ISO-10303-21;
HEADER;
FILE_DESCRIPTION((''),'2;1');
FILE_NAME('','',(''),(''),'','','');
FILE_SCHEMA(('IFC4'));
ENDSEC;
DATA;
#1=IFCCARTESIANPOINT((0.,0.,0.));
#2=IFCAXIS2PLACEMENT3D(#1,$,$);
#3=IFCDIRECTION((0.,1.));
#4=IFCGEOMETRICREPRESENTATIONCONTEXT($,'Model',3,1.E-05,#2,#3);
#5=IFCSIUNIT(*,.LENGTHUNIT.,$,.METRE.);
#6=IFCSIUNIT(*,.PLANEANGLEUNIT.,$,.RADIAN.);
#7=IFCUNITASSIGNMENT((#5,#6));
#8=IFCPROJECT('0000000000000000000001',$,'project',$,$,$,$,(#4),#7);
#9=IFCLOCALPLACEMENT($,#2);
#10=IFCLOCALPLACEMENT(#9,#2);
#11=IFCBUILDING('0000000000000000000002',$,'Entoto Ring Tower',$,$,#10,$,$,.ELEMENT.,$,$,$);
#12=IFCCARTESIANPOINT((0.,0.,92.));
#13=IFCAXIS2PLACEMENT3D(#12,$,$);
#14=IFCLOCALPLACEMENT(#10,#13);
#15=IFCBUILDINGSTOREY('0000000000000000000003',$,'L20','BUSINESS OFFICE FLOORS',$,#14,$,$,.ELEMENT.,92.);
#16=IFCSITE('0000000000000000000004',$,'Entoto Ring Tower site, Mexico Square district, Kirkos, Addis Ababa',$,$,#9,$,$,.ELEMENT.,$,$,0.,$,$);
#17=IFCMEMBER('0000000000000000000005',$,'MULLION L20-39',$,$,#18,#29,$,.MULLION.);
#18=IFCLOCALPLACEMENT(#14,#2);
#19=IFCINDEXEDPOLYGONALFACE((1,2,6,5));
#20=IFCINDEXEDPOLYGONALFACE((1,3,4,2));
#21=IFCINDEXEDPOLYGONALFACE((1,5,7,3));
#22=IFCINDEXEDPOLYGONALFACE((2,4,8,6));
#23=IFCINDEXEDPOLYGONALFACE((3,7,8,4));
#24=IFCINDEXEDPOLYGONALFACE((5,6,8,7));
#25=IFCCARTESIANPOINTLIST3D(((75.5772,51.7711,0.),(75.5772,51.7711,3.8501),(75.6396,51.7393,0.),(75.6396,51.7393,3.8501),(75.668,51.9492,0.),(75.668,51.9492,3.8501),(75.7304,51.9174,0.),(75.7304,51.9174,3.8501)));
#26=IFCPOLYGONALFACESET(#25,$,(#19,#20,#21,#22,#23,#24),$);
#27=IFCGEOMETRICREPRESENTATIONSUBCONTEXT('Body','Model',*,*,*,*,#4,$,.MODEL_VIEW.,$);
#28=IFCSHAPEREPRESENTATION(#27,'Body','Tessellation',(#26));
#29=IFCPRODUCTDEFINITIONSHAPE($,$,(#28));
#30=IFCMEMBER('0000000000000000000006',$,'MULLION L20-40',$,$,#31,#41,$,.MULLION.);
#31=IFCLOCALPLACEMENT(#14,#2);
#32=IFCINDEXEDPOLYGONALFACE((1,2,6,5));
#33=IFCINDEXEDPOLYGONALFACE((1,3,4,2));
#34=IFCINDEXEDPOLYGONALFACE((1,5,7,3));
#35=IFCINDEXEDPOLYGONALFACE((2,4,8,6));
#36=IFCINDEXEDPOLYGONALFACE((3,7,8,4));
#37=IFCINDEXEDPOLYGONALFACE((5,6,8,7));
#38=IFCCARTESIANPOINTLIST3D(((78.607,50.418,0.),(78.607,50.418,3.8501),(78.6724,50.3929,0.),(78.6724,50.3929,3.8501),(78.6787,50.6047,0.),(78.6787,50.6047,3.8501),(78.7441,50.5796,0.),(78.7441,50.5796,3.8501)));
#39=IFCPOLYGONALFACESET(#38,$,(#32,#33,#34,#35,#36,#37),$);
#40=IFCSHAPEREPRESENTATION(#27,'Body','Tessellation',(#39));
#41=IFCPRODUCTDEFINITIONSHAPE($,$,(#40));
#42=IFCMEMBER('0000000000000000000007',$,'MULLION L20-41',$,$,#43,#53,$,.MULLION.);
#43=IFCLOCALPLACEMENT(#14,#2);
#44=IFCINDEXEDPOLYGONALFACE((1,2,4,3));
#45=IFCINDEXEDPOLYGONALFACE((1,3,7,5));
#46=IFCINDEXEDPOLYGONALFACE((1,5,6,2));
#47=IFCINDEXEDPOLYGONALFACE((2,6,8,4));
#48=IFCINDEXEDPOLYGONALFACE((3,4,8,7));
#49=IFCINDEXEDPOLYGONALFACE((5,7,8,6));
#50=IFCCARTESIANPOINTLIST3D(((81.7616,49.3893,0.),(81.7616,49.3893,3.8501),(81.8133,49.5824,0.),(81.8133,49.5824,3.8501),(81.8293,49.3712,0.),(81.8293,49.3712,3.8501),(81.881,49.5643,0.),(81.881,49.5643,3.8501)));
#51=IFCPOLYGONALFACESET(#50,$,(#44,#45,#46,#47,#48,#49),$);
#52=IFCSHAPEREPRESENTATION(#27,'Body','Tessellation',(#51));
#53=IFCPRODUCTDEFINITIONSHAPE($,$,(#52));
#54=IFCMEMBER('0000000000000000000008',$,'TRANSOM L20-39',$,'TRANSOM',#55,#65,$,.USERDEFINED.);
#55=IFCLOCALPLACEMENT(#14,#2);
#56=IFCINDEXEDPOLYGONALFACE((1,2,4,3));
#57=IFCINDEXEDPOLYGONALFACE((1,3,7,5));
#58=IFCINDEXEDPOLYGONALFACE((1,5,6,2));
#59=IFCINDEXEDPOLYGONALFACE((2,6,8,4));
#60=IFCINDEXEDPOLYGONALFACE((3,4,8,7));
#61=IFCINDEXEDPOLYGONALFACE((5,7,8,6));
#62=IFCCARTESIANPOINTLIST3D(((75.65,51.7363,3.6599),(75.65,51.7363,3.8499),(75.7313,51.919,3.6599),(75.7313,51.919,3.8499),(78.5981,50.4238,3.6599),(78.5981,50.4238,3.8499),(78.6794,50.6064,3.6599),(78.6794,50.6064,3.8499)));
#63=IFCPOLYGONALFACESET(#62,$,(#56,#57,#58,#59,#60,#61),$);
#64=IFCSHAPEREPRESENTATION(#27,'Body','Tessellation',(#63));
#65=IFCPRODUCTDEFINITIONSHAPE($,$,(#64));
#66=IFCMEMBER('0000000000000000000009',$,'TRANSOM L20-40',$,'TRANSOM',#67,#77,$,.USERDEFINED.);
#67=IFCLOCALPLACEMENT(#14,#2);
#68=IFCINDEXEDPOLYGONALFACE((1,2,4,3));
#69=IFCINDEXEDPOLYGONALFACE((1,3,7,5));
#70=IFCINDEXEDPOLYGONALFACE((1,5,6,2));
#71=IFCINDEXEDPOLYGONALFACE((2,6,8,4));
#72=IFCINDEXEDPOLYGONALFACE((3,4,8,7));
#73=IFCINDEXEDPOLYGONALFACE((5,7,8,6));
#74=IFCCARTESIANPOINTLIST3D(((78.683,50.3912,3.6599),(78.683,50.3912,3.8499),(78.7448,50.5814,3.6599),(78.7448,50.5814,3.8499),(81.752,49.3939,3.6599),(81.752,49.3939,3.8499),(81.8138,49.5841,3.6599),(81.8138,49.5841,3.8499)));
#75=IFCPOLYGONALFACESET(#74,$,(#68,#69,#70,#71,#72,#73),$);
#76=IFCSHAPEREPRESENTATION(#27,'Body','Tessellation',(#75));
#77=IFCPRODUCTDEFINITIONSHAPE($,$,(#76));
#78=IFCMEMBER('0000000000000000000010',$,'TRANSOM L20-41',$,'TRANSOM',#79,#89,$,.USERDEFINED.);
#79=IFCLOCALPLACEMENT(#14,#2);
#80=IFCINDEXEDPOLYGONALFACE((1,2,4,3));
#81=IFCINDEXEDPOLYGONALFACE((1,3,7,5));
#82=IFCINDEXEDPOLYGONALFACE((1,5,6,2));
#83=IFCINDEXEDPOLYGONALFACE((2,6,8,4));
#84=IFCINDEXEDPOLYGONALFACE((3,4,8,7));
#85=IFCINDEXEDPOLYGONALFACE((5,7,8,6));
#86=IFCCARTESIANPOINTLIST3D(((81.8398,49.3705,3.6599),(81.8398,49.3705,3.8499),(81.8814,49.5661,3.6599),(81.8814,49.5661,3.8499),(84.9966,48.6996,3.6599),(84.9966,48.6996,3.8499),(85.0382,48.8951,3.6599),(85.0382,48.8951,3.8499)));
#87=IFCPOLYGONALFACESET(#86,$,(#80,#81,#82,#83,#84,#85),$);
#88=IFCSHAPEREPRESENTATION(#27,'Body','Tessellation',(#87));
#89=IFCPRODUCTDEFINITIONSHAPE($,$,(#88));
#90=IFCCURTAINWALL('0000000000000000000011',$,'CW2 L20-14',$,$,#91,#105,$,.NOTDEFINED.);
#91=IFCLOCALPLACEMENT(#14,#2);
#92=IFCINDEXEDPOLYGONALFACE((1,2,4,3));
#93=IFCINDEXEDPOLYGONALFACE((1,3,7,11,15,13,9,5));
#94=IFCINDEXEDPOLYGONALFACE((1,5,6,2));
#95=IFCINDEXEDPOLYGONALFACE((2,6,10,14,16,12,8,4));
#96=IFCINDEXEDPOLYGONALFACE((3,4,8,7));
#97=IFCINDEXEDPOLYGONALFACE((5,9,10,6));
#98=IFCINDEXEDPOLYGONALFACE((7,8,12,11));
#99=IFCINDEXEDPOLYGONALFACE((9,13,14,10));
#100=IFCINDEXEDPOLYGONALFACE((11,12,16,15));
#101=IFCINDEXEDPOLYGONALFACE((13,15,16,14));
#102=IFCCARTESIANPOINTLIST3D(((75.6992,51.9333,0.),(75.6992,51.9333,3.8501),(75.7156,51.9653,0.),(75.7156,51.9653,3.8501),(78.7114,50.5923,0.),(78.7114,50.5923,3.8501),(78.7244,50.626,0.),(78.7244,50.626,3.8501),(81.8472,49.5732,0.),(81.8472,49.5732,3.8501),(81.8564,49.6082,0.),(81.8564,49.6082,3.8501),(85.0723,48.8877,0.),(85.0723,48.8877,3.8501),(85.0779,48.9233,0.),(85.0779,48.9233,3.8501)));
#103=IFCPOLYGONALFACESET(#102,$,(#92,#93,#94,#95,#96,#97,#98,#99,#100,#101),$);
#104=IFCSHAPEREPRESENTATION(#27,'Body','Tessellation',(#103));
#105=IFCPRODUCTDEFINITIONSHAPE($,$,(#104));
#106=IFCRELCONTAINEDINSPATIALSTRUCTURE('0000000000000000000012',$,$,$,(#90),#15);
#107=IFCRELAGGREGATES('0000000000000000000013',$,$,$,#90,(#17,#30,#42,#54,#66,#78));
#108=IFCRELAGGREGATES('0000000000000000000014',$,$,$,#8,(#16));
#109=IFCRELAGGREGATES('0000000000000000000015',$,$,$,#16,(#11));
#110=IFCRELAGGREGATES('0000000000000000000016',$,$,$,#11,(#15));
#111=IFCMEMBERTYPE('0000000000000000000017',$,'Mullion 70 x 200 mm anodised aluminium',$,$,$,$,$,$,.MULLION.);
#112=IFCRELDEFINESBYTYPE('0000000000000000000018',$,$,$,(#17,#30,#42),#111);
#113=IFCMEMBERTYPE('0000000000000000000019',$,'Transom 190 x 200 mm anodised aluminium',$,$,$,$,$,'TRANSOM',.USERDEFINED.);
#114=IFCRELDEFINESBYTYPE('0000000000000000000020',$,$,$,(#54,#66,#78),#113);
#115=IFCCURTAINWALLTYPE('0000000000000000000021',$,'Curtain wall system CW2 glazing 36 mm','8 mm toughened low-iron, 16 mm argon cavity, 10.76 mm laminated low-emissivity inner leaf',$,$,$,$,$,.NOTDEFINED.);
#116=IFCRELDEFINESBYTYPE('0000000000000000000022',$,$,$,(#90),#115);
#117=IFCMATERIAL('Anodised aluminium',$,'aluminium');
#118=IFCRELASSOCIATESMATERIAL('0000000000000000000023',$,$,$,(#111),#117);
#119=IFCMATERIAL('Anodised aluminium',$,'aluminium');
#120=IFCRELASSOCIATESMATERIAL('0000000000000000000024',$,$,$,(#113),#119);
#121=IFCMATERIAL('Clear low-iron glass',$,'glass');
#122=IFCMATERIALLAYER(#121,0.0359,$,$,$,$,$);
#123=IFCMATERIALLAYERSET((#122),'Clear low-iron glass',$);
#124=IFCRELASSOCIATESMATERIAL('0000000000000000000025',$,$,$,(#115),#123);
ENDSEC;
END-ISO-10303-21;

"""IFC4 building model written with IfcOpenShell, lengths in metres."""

from ifc_helpers import new_model, si_unit, direction, frame, origin, origin_2d, place, context, subcontext, project, spatial, polyline, rectangle, outline, extrude, material, layer, layer_set, material_profile, profile_set, type_object, element, aggregate, save


model = new_model("IFC4")

# Units and contexts
model_context = context("Model", 3, precision=1e-05, world=origin(), true_north=direction((0.0, 1.0)))
body_context = subcontext(model_context, "Body", "Model", "MODEL_VIEW")
ifc_project = project(units=[si_unit("LENGTHUNIT", "METRE"), si_unit("PLANEANGLEUNIT", "RADIAN")], contexts=[model_context])

# Members
ifc_material_1 = material(Name="Anodised aluminium", Category="aluminium")
ifc_material_profile_1 = material_profile(ifc_material_1, rectangle(XDim=0.0701, YDim=0.2, at=origin_2d()), Name="Mullion 70 x 200 mm anodised aluminium")
ifc_profile_set_1 = profile_set([ifc_material_profile_1], Name="Anodised aluminium")
member_type_1 = type_object("IfcMemberType", Name="Mullion 70 x 200 mm anodised aluminium", PredefinedType="MULLION", material=ifc_profile_set_1)
site_placement = place(None, origin())
building_placement = place(site_placement, origin())
storey_placement = place(building_placement, frame((0.0, 0.0, 92.0)))
member_1_placement = place(storey_placement, frame((75.6538, 51.8442, 0.0), z_axis=(0.0, 0.0, 1.0), x_axis=(0.891007, -0.45399, 0.0)))
member_1 = element("IfcMember", 1, at=member_1_placement, type_object=member_type_1, Name="MULLION L20-39", PredefinedType="MULLION", context=body_context, shape_type="SweptSolid", body=[
    extrude(rectangle(XDim=0.0701, YDim=0.2, at=origin_2d()), origin(), (0.0, 0.0, 1.0), 3.8501),
])
member_2_placement = place(storey_placement, frame((78.6755, 50.4988, 0.0), z_axis=(0.0, 0.0, 1.0), x_axis=(0.93358, -0.358368, 0.0)))
member_2 = element("IfcMember", 2, at=member_2_placement, type_object=member_type_1, Name="MULLION L20-40", PredefinedType="MULLION", context=body_context, shape_type="SweptSolid", body=[
    extrude(rectangle(XDim=0.0701, YDim=0.2, at=origin_2d()), origin(), (0.0, 0.0, 1.0), 3.8501),
])
member_3_placement = place(storey_placement, frame((81.8213, 49.4768, 0.0), z_axis=(0.0, 0.0, 1.0), x_axis=(0.965926, -0.258819, 0.0)))
member_3 = element("IfcMember", 3, at=member_3_placement, type_object=member_type_1, Name="MULLION L20-41", PredefinedType="MULLION", context=body_context, shape_type="SweptSolid", body=[
    extrude(rectangle(XDim=0.0701, YDim=0.2, at=origin_2d()), origin(), (0.0, 0.0, 1.0), 3.8501),
])
ifc_material_2 = material(Name="Anodised aluminium", Category="aluminium")
ifc_material_profile_2 = material_profile(ifc_material_2, rectangle(XDim=0.2, YDim=0.1899, at=origin_2d()), Name="Transom 190 x 200 mm anodised aluminium")
ifc_profile_set_2 = profile_set([ifc_material_profile_2], Name="Anodised aluminium")
member_type_2 = type_object("IfcMemberType", Name="Transom 190 x 200 mm anodised aluminium", ElementType="TRANSOM", PredefinedType="USERDEFINED", material=ifc_profile_set_2)
member_4_placement = place(storey_placement, frame((75.6907, 51.8276, 3.7549), z_axis=(0.913549, -0.406728, 0.0), x_axis=(0.406728, 0.913549, 0.0)))
member_4 = element("IfcMember", 4, at=member_4_placement, type_object=member_type_2, Name="TRANSOM L20-39", ObjectType="TRANSOM", PredefinedType="USERDEFINED", context=body_context, shape_type="SweptSolid", body=[
    extrude(rectangle(XDim=0.2, YDim=0.1899, at=origin_2d()), origin(), (0.0, 0.0, 1.0), 3.2271),
])
member_5_placement = place(storey_placement, frame((78.7139, 50.4863, 3.7549), z_axis=(0.951047, -0.309047, 0.0), x_axis=(0.309047, 0.951047, 0.0)))
member_5 = element("IfcMember", 5, at=member_5_placement, type_object=member_type_2, Name="TRANSOM L20-40", ObjectType="TRANSOM", PredefinedType="USERDEFINED", context=body_context, shape_type="SweptSolid", body=[
    extrude(rectangle(XDim=0.2, YDim=0.1899, at=origin_2d()), origin(), (0.0, 0.0, 1.0), 3.2271),
])
member_6_placement = place(storey_placement, frame((81.8606, 49.4683, 3.7549), z_axis=(0.978153, -0.207886, 0.0), x_axis=(0.207886, 0.978153, 0.0)))
member_6 = element("IfcMember", 6, at=member_6_placement, type_object=member_type_2, Name="TRANSOM L20-41", ObjectType="TRANSOM", PredefinedType="USERDEFINED", context=body_context, shape_type="SweptSolid", body=[
    extrude(rectangle(XDim=0.2, YDim=0.1899, at=origin_2d()), origin(), (0.0, 0.0, 1.0), 3.2273),
])

# Site, building, storey
site = spatial("IfcSite", under=ifc_project, at=site_placement, Name="Entoto Ring Tower site, Mexico Square district, Kirkos, Addis Ababa", CompositionType="ELEMENT", RefElevation=0.0)
building = spatial("IfcBuilding", under=site, at=building_placement, Name="Entoto Ring Tower", CompositionType="ELEMENT")
storey = spatial("IfcBuildingStorey", under=building, at=storey_placement, Name="L20", Description="BUSINESS OFFICE FLOORS", CompositionType="ELEMENT", Elevation=92.0)

# Curtain wall
ifc_material_3 = material(Name="Clear low-iron glass", Category="glass")
ifc_layer = layer(ifc_material_3, 0.0359)
ifc_layer_set = layer_set([ifc_layer], Name="Clear low-iron glass")
curtain_wall_type = type_object("IfcCurtainWallType", Name="Curtain wall system CW2 glazing 36 mm", Description="8 mm toughened low-iron, 16 mm argon cavity, 10.76 mm laminated low-emissivity inner leaf", PredefinedType="NOTDEFINED", material=ifc_layer_set)
curtain_wall_1_placement = place(storey_placement, origin())
curtain_wall_1 = element("IfcCurtainWall", 7, at=curtain_wall_1_placement, inside=storey, type_object=curtain_wall_type, Name="CW2 L20-14", PredefinedType="NOTDEFINED", context=body_context, shape_type="SweptSolid", body=[
    extrude(outline(polyline([(75.6992, 51.9333), (78.7114, 50.5923), (81.8472, 49.5732), (85.0723, 48.8877), (85.0779, 48.9233), (81.8564, 49.6082), (78.7244, 50.626), (75.7156, 51.9653), (75.6992, 51.9333)])), origin(), (0.0, 0.0, 1.0), 3.8501),
])
aggregate(curtain_wall_1, [member_1, member_2, member_3, member_4, member_5, member_6])

save(model, "model.ifc")
